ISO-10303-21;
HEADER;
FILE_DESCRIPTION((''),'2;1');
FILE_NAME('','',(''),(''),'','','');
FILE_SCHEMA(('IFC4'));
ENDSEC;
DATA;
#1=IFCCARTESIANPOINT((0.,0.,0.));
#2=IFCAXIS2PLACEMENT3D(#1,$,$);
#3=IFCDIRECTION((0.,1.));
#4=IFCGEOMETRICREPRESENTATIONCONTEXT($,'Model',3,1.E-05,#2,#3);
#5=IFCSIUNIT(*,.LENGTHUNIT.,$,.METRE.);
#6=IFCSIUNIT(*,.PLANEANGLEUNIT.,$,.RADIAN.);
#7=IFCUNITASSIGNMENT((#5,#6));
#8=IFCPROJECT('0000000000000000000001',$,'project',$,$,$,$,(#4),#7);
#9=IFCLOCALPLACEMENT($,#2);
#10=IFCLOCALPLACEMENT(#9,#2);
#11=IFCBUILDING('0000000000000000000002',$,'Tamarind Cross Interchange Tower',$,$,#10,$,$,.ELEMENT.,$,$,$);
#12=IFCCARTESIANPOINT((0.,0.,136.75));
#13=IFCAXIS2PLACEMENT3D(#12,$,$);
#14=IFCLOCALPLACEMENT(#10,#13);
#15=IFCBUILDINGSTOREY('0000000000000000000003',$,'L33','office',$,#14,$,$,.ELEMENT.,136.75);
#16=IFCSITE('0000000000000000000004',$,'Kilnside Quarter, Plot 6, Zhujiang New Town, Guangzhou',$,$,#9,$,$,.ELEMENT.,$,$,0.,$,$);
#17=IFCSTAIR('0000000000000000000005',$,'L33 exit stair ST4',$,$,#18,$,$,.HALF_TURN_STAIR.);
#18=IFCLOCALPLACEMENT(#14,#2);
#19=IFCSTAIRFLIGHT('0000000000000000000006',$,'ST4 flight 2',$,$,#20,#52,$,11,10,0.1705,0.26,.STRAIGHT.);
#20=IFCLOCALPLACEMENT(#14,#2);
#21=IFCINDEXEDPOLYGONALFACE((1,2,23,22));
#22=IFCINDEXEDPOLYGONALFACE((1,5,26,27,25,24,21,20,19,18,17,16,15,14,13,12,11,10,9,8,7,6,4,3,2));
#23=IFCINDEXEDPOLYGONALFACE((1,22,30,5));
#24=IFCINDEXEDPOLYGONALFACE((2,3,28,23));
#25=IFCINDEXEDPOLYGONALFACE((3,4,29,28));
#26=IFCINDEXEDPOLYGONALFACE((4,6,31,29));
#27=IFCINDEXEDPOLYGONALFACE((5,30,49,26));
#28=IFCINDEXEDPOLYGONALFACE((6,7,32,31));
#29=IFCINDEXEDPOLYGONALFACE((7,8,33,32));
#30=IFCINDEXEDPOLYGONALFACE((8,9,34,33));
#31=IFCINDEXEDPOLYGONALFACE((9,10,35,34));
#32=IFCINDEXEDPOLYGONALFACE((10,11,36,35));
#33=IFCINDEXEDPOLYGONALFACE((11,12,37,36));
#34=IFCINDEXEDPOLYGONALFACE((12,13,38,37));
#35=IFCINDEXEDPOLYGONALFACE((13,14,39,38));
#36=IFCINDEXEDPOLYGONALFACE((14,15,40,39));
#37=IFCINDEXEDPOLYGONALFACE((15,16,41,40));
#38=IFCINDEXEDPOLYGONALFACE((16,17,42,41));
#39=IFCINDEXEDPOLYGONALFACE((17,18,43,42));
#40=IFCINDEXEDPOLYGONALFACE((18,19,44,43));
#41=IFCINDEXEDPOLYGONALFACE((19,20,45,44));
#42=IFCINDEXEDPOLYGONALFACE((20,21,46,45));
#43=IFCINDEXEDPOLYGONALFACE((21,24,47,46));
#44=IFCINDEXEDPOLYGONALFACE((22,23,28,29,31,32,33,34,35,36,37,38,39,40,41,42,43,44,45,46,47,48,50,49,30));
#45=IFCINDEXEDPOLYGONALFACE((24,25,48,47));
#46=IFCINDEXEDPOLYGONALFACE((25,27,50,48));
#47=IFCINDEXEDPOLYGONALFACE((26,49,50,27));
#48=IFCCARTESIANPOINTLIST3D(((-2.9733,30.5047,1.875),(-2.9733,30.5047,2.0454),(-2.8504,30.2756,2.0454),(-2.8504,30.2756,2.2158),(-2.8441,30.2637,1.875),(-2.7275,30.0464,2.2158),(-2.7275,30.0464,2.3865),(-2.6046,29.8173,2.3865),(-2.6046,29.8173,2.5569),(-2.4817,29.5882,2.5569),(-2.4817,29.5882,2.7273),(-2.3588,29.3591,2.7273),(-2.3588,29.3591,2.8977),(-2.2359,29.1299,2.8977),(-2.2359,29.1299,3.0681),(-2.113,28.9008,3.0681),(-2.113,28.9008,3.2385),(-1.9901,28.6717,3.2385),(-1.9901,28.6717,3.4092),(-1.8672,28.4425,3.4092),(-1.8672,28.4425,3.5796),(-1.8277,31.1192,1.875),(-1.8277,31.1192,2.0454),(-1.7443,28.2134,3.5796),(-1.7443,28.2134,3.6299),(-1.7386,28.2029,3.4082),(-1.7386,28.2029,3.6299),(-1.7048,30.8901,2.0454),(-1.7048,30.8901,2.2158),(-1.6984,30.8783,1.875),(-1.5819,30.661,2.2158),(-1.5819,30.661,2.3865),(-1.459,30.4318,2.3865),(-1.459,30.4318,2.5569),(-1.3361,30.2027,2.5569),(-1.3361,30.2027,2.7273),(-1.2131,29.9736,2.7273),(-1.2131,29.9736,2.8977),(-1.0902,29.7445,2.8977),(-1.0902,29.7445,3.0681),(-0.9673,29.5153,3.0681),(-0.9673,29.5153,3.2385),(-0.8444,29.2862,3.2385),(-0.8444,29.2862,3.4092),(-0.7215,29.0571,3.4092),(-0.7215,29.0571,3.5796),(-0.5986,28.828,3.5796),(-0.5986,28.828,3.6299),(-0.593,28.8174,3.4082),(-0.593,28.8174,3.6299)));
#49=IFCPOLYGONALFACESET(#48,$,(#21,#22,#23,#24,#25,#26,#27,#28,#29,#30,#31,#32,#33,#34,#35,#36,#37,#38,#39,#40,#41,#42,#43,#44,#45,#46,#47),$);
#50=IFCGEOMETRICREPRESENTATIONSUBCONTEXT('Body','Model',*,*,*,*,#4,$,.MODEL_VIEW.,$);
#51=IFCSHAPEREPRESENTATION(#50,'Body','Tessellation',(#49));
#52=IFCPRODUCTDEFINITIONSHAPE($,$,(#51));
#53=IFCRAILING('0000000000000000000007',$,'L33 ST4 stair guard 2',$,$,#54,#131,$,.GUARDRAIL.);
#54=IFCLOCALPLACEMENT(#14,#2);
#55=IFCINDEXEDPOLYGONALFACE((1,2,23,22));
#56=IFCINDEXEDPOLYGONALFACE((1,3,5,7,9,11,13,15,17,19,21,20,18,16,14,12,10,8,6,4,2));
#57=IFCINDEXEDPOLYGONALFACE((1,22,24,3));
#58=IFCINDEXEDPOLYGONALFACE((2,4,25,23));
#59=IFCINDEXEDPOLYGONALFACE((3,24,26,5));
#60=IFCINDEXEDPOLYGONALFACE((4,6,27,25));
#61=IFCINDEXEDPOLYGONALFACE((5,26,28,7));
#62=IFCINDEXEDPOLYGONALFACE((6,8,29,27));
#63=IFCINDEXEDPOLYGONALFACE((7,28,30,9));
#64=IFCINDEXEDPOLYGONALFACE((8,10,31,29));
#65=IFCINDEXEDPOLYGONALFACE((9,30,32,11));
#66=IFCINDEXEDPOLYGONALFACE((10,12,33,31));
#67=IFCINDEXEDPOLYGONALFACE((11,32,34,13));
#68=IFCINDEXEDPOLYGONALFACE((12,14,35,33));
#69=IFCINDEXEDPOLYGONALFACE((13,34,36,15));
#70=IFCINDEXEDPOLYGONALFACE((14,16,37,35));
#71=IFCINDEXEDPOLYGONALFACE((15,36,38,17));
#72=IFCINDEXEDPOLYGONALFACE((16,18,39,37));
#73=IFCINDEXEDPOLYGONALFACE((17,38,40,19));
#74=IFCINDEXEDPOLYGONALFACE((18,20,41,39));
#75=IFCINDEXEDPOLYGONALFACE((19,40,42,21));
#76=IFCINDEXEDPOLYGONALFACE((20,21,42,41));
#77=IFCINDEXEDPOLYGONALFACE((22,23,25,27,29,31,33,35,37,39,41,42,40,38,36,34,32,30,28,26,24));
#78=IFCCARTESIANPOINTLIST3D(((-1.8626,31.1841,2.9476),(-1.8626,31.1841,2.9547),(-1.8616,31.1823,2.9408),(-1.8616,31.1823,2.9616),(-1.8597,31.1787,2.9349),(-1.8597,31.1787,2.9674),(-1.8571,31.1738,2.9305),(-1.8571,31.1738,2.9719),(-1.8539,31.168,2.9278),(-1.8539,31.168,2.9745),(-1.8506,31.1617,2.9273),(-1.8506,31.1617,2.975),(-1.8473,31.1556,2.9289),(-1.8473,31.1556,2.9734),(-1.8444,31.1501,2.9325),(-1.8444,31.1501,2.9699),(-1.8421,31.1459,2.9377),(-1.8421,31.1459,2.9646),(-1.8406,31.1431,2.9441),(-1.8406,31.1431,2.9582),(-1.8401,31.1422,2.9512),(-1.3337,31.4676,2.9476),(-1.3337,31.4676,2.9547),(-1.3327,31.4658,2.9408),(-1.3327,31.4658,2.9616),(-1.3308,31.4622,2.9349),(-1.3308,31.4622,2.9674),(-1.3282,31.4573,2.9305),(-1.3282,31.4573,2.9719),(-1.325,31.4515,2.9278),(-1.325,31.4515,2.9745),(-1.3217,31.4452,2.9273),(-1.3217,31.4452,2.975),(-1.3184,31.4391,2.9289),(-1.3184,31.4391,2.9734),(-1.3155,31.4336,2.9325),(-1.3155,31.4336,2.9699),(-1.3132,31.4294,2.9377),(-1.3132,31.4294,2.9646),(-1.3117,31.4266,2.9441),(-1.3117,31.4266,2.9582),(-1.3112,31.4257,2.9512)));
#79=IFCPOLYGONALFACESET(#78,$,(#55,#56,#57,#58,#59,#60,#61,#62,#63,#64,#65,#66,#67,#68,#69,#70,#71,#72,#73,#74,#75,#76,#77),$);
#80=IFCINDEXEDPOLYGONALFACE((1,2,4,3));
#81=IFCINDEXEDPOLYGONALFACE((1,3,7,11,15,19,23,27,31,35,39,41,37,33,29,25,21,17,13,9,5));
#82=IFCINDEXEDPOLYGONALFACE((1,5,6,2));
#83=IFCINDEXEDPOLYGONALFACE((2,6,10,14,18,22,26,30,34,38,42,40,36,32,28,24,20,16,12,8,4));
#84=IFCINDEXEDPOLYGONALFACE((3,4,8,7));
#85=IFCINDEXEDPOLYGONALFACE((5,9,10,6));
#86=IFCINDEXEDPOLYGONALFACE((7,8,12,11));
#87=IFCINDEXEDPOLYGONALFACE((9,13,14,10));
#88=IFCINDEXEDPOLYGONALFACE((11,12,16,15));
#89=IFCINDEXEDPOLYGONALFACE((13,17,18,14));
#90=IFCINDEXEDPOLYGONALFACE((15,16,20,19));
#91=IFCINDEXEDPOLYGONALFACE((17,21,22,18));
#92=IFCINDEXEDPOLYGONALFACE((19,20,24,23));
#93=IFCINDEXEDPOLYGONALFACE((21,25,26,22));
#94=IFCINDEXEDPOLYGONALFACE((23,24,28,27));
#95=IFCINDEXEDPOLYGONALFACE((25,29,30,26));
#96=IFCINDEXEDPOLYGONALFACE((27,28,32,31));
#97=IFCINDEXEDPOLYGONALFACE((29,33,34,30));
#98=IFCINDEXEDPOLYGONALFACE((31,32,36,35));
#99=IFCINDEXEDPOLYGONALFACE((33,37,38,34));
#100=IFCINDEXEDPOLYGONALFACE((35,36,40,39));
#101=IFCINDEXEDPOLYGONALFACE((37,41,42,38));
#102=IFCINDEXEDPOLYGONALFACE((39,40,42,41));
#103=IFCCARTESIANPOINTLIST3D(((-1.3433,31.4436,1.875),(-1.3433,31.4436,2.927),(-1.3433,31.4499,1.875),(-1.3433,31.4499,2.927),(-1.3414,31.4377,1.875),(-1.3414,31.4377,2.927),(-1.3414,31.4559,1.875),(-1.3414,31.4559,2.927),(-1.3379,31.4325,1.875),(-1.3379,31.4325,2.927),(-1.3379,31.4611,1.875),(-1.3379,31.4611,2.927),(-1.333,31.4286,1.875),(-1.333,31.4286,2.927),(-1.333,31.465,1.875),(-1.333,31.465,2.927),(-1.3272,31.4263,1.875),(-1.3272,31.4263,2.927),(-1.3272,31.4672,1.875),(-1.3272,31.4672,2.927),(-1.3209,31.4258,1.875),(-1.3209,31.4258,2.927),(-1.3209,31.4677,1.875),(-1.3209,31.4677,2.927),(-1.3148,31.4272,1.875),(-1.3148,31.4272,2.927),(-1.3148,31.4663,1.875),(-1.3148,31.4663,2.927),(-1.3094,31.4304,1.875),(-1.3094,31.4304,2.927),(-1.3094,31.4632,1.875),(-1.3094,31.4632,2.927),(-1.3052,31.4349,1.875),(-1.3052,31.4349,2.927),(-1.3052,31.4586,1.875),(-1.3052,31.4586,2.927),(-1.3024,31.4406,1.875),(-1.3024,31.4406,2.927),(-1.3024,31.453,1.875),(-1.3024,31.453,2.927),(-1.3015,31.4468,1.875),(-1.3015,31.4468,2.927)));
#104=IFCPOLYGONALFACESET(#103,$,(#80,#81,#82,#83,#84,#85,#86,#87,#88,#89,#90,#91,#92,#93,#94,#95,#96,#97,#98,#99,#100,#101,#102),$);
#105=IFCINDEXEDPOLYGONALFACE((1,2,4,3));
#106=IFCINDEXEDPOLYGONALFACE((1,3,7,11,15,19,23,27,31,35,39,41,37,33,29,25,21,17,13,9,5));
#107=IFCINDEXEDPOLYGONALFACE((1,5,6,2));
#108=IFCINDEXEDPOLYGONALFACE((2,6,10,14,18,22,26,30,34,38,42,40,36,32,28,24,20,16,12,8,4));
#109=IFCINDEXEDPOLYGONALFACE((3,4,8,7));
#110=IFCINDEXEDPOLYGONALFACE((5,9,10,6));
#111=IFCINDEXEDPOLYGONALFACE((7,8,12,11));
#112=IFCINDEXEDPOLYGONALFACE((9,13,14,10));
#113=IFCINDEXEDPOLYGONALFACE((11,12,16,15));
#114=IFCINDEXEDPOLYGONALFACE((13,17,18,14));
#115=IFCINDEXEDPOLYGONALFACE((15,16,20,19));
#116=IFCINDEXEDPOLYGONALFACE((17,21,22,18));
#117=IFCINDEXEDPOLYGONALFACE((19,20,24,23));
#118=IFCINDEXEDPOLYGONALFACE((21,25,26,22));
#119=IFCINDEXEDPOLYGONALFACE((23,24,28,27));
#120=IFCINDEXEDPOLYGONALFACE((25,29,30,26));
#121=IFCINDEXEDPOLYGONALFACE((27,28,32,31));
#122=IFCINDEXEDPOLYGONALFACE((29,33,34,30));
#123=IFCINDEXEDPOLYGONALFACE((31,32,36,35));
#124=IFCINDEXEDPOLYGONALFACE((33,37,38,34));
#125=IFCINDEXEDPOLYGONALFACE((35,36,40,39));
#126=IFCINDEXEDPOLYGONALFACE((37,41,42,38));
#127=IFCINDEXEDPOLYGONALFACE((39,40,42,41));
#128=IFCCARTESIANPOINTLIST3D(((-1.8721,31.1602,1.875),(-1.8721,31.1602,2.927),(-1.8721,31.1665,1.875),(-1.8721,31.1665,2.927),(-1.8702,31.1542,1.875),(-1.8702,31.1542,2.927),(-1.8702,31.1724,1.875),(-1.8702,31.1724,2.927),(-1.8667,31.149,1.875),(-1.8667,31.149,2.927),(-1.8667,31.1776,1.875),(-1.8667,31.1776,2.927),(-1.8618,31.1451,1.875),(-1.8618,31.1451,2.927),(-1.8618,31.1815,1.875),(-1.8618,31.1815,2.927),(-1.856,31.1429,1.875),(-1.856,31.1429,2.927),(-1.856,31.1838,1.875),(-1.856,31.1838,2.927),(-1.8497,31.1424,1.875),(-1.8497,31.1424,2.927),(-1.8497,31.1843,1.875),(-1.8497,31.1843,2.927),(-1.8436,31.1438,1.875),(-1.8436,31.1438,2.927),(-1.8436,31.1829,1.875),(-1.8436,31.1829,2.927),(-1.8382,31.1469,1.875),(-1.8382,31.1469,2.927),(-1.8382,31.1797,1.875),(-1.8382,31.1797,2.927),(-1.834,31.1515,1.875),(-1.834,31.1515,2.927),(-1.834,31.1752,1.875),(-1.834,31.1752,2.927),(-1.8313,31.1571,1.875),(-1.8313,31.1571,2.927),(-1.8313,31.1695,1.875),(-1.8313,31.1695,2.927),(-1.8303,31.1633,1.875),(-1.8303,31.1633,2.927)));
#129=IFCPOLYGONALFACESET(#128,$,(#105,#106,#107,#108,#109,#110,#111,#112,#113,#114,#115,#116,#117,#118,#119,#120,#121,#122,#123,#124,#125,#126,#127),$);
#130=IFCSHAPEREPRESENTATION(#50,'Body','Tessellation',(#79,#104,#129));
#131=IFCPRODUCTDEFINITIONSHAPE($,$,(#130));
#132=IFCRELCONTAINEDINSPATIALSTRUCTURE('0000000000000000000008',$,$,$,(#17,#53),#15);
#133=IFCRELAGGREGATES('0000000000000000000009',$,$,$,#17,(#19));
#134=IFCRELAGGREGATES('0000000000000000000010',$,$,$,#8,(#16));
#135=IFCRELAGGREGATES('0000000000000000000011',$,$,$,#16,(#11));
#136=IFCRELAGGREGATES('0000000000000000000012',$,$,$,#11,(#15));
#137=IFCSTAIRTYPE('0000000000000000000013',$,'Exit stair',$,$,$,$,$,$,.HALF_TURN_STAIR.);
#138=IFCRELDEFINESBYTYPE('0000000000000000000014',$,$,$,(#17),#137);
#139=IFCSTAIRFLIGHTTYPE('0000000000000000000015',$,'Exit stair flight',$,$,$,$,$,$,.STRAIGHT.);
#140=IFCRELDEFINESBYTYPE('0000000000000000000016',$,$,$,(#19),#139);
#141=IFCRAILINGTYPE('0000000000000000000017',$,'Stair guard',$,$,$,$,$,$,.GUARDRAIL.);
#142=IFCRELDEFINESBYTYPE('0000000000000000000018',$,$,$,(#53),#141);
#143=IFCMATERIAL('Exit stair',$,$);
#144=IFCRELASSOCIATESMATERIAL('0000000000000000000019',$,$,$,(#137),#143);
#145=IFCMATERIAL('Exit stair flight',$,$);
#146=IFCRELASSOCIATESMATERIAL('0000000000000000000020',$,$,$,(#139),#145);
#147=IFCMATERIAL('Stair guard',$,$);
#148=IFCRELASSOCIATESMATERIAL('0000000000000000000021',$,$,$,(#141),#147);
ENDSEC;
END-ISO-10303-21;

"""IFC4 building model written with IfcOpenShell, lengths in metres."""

from ifc_helpers import new_model, si_unit, direction, frame, origin, origin_2d, place, context, subcontext, project, spatial, polyline, circle, outline, extrude, material, type_object, element, aggregate, save


model = new_model("IFC4")

# Units and contexts
model_context = context("Model", 3, precision=1e-05, world=origin(), true_north=direction((0.0, 1.0)))
body_context = subcontext(model_context, "Body", "Model", "MODEL_VIEW")
ifc_project = project(units=[si_unit("LENGTHUNIT", "METRE"), si_unit("PLANEANGLEUNIT", "RADIAN")], contexts=[model_context])

# Site, building, storey
site_placement = place(None, origin())
site = spatial("IfcSite", under=ifc_project, at=site_placement, Name="Kilnside Quarter, Plot 6, Zhujiang New Town, Guangzhou", CompositionType="ELEMENT", RefElevation=0.0)
building_placement = place(site_placement, origin())
building = spatial("IfcBuilding", under=site, at=building_placement, Name="Tamarind Cross Interchange Tower", CompositionType="ELEMENT")
storey_placement = place(building_placement, frame((0.0, 0.0, 136.75)))
storey = spatial("IfcBuildingStorey", under=building, at=storey_placement, Name="L33", Description="office", CompositionType="ELEMENT", Elevation=136.75)

# Stair, stair flight
ifc_material_1 = material(Name="Exit stair")
stair_type = type_object("IfcStairType", Name="Exit stair", PredefinedType="HALF_TURN_STAIR", material=ifc_material_1)
stair_placement = place(storey_placement, origin())
stair = element("IfcStair", 1, at=stair_placement, inside=storey, type_object=stair_type, Name="L33 exit stair ST4", PredefinedType="HALF_TURN_STAIR")
ifc_material_2 = material(Name="Exit stair flight")
stair_flight_type = type_object("IfcStairFlightType", Name="Exit stair flight", PredefinedType="STRAIGHT", material=ifc_material_2)
stair_flight_placement = place(storey_placement, frame((-2.4004, 30.812, 1.875), z_axis=(0.0, 0.0, 1.0), x_axis=(0.472698, -0.881224, 0.0)))
stair_flight = element("IfcStairFlight", 2, at=stair_flight_placement, type_object=stair_flight_type, Name="ST4 flight 2", NumberOfRisers=11, NumberOfTreads=10, PredefinedType="STRAIGHT", RiserHeight=0.1705, TreadLength=0.26, context=body_context, shape_type="SweptSolid", body=[
    extrude(outline(polyline([(0.0, 0.0), (0.0, 0.1704), (0.26, 0.1704), (0.26, 0.3408), (0.52, 0.3408), (0.52, 0.5115), (0.78, 0.5115), (0.78, 0.6819), (1.04, 0.6819), (1.04, 0.8523), (1.3, 0.8523), (1.3, 1.0227), (1.5601, 1.0227), (1.5601, 1.1931), (1.8201, 1.1931), (1.8201, 1.3635), (2.0801, 1.3635), (2.0801, 1.5342), (2.3401, 1.5342), (2.3401, 1.7046), (2.6001, 1.7046), (2.6001, 1.7549), (2.6121, 1.7549), (2.6121, 1.5332), (0.2734, 0.0), (0.0, 0.0)])), frame((0.0, 0.6499, 0.0), z_axis=(0.0, -1.0, 0.0), x_axis=(1.0, 0.0, 0.0)), (0.0, 0.0, 1.0), 1.3),
])
aggregate(stair, [stair_flight])

# Railing
ifc_material_3 = material(Name="Stair guard")
railing_type = type_object("IfcRailingType", Name="Stair guard", PredefinedType="GUARDRAIL", material=ifc_material_3)
railing_1_placement = place(storey_placement, frame((-1.3225, 31.4468, 1.875)))
element("IfcRailing", 3, at=railing_1_placement, inside=storey, type_object=railing_type, Name="L33 ST4 stair guard 2", PredefinedType="GUARDRAIL", context=body_context, shape_type="SweptSolid", body=[
    extrude(circle(Radius=0.0239, at=origin_2d()), frame((0.0, 0.0, 1.0762), z_axis=(-0.881371, -0.472425, 0.0), x_axis=(0.472425, -0.881371, 0.0)), (0.0, 0.0, 1.0), 0.6001),
    extrude(circle(Radius=0.021, at=origin_2d()), origin(), (0.0, 0.0, 1.0), 1.052),
    extrude(circle(Radius=0.021, at=origin_2d()), frame((-0.5288, -0.2834, 0.0)), (0.0, 0.0, 1.0), 1.052),
])

save(model, "model.ifc")
